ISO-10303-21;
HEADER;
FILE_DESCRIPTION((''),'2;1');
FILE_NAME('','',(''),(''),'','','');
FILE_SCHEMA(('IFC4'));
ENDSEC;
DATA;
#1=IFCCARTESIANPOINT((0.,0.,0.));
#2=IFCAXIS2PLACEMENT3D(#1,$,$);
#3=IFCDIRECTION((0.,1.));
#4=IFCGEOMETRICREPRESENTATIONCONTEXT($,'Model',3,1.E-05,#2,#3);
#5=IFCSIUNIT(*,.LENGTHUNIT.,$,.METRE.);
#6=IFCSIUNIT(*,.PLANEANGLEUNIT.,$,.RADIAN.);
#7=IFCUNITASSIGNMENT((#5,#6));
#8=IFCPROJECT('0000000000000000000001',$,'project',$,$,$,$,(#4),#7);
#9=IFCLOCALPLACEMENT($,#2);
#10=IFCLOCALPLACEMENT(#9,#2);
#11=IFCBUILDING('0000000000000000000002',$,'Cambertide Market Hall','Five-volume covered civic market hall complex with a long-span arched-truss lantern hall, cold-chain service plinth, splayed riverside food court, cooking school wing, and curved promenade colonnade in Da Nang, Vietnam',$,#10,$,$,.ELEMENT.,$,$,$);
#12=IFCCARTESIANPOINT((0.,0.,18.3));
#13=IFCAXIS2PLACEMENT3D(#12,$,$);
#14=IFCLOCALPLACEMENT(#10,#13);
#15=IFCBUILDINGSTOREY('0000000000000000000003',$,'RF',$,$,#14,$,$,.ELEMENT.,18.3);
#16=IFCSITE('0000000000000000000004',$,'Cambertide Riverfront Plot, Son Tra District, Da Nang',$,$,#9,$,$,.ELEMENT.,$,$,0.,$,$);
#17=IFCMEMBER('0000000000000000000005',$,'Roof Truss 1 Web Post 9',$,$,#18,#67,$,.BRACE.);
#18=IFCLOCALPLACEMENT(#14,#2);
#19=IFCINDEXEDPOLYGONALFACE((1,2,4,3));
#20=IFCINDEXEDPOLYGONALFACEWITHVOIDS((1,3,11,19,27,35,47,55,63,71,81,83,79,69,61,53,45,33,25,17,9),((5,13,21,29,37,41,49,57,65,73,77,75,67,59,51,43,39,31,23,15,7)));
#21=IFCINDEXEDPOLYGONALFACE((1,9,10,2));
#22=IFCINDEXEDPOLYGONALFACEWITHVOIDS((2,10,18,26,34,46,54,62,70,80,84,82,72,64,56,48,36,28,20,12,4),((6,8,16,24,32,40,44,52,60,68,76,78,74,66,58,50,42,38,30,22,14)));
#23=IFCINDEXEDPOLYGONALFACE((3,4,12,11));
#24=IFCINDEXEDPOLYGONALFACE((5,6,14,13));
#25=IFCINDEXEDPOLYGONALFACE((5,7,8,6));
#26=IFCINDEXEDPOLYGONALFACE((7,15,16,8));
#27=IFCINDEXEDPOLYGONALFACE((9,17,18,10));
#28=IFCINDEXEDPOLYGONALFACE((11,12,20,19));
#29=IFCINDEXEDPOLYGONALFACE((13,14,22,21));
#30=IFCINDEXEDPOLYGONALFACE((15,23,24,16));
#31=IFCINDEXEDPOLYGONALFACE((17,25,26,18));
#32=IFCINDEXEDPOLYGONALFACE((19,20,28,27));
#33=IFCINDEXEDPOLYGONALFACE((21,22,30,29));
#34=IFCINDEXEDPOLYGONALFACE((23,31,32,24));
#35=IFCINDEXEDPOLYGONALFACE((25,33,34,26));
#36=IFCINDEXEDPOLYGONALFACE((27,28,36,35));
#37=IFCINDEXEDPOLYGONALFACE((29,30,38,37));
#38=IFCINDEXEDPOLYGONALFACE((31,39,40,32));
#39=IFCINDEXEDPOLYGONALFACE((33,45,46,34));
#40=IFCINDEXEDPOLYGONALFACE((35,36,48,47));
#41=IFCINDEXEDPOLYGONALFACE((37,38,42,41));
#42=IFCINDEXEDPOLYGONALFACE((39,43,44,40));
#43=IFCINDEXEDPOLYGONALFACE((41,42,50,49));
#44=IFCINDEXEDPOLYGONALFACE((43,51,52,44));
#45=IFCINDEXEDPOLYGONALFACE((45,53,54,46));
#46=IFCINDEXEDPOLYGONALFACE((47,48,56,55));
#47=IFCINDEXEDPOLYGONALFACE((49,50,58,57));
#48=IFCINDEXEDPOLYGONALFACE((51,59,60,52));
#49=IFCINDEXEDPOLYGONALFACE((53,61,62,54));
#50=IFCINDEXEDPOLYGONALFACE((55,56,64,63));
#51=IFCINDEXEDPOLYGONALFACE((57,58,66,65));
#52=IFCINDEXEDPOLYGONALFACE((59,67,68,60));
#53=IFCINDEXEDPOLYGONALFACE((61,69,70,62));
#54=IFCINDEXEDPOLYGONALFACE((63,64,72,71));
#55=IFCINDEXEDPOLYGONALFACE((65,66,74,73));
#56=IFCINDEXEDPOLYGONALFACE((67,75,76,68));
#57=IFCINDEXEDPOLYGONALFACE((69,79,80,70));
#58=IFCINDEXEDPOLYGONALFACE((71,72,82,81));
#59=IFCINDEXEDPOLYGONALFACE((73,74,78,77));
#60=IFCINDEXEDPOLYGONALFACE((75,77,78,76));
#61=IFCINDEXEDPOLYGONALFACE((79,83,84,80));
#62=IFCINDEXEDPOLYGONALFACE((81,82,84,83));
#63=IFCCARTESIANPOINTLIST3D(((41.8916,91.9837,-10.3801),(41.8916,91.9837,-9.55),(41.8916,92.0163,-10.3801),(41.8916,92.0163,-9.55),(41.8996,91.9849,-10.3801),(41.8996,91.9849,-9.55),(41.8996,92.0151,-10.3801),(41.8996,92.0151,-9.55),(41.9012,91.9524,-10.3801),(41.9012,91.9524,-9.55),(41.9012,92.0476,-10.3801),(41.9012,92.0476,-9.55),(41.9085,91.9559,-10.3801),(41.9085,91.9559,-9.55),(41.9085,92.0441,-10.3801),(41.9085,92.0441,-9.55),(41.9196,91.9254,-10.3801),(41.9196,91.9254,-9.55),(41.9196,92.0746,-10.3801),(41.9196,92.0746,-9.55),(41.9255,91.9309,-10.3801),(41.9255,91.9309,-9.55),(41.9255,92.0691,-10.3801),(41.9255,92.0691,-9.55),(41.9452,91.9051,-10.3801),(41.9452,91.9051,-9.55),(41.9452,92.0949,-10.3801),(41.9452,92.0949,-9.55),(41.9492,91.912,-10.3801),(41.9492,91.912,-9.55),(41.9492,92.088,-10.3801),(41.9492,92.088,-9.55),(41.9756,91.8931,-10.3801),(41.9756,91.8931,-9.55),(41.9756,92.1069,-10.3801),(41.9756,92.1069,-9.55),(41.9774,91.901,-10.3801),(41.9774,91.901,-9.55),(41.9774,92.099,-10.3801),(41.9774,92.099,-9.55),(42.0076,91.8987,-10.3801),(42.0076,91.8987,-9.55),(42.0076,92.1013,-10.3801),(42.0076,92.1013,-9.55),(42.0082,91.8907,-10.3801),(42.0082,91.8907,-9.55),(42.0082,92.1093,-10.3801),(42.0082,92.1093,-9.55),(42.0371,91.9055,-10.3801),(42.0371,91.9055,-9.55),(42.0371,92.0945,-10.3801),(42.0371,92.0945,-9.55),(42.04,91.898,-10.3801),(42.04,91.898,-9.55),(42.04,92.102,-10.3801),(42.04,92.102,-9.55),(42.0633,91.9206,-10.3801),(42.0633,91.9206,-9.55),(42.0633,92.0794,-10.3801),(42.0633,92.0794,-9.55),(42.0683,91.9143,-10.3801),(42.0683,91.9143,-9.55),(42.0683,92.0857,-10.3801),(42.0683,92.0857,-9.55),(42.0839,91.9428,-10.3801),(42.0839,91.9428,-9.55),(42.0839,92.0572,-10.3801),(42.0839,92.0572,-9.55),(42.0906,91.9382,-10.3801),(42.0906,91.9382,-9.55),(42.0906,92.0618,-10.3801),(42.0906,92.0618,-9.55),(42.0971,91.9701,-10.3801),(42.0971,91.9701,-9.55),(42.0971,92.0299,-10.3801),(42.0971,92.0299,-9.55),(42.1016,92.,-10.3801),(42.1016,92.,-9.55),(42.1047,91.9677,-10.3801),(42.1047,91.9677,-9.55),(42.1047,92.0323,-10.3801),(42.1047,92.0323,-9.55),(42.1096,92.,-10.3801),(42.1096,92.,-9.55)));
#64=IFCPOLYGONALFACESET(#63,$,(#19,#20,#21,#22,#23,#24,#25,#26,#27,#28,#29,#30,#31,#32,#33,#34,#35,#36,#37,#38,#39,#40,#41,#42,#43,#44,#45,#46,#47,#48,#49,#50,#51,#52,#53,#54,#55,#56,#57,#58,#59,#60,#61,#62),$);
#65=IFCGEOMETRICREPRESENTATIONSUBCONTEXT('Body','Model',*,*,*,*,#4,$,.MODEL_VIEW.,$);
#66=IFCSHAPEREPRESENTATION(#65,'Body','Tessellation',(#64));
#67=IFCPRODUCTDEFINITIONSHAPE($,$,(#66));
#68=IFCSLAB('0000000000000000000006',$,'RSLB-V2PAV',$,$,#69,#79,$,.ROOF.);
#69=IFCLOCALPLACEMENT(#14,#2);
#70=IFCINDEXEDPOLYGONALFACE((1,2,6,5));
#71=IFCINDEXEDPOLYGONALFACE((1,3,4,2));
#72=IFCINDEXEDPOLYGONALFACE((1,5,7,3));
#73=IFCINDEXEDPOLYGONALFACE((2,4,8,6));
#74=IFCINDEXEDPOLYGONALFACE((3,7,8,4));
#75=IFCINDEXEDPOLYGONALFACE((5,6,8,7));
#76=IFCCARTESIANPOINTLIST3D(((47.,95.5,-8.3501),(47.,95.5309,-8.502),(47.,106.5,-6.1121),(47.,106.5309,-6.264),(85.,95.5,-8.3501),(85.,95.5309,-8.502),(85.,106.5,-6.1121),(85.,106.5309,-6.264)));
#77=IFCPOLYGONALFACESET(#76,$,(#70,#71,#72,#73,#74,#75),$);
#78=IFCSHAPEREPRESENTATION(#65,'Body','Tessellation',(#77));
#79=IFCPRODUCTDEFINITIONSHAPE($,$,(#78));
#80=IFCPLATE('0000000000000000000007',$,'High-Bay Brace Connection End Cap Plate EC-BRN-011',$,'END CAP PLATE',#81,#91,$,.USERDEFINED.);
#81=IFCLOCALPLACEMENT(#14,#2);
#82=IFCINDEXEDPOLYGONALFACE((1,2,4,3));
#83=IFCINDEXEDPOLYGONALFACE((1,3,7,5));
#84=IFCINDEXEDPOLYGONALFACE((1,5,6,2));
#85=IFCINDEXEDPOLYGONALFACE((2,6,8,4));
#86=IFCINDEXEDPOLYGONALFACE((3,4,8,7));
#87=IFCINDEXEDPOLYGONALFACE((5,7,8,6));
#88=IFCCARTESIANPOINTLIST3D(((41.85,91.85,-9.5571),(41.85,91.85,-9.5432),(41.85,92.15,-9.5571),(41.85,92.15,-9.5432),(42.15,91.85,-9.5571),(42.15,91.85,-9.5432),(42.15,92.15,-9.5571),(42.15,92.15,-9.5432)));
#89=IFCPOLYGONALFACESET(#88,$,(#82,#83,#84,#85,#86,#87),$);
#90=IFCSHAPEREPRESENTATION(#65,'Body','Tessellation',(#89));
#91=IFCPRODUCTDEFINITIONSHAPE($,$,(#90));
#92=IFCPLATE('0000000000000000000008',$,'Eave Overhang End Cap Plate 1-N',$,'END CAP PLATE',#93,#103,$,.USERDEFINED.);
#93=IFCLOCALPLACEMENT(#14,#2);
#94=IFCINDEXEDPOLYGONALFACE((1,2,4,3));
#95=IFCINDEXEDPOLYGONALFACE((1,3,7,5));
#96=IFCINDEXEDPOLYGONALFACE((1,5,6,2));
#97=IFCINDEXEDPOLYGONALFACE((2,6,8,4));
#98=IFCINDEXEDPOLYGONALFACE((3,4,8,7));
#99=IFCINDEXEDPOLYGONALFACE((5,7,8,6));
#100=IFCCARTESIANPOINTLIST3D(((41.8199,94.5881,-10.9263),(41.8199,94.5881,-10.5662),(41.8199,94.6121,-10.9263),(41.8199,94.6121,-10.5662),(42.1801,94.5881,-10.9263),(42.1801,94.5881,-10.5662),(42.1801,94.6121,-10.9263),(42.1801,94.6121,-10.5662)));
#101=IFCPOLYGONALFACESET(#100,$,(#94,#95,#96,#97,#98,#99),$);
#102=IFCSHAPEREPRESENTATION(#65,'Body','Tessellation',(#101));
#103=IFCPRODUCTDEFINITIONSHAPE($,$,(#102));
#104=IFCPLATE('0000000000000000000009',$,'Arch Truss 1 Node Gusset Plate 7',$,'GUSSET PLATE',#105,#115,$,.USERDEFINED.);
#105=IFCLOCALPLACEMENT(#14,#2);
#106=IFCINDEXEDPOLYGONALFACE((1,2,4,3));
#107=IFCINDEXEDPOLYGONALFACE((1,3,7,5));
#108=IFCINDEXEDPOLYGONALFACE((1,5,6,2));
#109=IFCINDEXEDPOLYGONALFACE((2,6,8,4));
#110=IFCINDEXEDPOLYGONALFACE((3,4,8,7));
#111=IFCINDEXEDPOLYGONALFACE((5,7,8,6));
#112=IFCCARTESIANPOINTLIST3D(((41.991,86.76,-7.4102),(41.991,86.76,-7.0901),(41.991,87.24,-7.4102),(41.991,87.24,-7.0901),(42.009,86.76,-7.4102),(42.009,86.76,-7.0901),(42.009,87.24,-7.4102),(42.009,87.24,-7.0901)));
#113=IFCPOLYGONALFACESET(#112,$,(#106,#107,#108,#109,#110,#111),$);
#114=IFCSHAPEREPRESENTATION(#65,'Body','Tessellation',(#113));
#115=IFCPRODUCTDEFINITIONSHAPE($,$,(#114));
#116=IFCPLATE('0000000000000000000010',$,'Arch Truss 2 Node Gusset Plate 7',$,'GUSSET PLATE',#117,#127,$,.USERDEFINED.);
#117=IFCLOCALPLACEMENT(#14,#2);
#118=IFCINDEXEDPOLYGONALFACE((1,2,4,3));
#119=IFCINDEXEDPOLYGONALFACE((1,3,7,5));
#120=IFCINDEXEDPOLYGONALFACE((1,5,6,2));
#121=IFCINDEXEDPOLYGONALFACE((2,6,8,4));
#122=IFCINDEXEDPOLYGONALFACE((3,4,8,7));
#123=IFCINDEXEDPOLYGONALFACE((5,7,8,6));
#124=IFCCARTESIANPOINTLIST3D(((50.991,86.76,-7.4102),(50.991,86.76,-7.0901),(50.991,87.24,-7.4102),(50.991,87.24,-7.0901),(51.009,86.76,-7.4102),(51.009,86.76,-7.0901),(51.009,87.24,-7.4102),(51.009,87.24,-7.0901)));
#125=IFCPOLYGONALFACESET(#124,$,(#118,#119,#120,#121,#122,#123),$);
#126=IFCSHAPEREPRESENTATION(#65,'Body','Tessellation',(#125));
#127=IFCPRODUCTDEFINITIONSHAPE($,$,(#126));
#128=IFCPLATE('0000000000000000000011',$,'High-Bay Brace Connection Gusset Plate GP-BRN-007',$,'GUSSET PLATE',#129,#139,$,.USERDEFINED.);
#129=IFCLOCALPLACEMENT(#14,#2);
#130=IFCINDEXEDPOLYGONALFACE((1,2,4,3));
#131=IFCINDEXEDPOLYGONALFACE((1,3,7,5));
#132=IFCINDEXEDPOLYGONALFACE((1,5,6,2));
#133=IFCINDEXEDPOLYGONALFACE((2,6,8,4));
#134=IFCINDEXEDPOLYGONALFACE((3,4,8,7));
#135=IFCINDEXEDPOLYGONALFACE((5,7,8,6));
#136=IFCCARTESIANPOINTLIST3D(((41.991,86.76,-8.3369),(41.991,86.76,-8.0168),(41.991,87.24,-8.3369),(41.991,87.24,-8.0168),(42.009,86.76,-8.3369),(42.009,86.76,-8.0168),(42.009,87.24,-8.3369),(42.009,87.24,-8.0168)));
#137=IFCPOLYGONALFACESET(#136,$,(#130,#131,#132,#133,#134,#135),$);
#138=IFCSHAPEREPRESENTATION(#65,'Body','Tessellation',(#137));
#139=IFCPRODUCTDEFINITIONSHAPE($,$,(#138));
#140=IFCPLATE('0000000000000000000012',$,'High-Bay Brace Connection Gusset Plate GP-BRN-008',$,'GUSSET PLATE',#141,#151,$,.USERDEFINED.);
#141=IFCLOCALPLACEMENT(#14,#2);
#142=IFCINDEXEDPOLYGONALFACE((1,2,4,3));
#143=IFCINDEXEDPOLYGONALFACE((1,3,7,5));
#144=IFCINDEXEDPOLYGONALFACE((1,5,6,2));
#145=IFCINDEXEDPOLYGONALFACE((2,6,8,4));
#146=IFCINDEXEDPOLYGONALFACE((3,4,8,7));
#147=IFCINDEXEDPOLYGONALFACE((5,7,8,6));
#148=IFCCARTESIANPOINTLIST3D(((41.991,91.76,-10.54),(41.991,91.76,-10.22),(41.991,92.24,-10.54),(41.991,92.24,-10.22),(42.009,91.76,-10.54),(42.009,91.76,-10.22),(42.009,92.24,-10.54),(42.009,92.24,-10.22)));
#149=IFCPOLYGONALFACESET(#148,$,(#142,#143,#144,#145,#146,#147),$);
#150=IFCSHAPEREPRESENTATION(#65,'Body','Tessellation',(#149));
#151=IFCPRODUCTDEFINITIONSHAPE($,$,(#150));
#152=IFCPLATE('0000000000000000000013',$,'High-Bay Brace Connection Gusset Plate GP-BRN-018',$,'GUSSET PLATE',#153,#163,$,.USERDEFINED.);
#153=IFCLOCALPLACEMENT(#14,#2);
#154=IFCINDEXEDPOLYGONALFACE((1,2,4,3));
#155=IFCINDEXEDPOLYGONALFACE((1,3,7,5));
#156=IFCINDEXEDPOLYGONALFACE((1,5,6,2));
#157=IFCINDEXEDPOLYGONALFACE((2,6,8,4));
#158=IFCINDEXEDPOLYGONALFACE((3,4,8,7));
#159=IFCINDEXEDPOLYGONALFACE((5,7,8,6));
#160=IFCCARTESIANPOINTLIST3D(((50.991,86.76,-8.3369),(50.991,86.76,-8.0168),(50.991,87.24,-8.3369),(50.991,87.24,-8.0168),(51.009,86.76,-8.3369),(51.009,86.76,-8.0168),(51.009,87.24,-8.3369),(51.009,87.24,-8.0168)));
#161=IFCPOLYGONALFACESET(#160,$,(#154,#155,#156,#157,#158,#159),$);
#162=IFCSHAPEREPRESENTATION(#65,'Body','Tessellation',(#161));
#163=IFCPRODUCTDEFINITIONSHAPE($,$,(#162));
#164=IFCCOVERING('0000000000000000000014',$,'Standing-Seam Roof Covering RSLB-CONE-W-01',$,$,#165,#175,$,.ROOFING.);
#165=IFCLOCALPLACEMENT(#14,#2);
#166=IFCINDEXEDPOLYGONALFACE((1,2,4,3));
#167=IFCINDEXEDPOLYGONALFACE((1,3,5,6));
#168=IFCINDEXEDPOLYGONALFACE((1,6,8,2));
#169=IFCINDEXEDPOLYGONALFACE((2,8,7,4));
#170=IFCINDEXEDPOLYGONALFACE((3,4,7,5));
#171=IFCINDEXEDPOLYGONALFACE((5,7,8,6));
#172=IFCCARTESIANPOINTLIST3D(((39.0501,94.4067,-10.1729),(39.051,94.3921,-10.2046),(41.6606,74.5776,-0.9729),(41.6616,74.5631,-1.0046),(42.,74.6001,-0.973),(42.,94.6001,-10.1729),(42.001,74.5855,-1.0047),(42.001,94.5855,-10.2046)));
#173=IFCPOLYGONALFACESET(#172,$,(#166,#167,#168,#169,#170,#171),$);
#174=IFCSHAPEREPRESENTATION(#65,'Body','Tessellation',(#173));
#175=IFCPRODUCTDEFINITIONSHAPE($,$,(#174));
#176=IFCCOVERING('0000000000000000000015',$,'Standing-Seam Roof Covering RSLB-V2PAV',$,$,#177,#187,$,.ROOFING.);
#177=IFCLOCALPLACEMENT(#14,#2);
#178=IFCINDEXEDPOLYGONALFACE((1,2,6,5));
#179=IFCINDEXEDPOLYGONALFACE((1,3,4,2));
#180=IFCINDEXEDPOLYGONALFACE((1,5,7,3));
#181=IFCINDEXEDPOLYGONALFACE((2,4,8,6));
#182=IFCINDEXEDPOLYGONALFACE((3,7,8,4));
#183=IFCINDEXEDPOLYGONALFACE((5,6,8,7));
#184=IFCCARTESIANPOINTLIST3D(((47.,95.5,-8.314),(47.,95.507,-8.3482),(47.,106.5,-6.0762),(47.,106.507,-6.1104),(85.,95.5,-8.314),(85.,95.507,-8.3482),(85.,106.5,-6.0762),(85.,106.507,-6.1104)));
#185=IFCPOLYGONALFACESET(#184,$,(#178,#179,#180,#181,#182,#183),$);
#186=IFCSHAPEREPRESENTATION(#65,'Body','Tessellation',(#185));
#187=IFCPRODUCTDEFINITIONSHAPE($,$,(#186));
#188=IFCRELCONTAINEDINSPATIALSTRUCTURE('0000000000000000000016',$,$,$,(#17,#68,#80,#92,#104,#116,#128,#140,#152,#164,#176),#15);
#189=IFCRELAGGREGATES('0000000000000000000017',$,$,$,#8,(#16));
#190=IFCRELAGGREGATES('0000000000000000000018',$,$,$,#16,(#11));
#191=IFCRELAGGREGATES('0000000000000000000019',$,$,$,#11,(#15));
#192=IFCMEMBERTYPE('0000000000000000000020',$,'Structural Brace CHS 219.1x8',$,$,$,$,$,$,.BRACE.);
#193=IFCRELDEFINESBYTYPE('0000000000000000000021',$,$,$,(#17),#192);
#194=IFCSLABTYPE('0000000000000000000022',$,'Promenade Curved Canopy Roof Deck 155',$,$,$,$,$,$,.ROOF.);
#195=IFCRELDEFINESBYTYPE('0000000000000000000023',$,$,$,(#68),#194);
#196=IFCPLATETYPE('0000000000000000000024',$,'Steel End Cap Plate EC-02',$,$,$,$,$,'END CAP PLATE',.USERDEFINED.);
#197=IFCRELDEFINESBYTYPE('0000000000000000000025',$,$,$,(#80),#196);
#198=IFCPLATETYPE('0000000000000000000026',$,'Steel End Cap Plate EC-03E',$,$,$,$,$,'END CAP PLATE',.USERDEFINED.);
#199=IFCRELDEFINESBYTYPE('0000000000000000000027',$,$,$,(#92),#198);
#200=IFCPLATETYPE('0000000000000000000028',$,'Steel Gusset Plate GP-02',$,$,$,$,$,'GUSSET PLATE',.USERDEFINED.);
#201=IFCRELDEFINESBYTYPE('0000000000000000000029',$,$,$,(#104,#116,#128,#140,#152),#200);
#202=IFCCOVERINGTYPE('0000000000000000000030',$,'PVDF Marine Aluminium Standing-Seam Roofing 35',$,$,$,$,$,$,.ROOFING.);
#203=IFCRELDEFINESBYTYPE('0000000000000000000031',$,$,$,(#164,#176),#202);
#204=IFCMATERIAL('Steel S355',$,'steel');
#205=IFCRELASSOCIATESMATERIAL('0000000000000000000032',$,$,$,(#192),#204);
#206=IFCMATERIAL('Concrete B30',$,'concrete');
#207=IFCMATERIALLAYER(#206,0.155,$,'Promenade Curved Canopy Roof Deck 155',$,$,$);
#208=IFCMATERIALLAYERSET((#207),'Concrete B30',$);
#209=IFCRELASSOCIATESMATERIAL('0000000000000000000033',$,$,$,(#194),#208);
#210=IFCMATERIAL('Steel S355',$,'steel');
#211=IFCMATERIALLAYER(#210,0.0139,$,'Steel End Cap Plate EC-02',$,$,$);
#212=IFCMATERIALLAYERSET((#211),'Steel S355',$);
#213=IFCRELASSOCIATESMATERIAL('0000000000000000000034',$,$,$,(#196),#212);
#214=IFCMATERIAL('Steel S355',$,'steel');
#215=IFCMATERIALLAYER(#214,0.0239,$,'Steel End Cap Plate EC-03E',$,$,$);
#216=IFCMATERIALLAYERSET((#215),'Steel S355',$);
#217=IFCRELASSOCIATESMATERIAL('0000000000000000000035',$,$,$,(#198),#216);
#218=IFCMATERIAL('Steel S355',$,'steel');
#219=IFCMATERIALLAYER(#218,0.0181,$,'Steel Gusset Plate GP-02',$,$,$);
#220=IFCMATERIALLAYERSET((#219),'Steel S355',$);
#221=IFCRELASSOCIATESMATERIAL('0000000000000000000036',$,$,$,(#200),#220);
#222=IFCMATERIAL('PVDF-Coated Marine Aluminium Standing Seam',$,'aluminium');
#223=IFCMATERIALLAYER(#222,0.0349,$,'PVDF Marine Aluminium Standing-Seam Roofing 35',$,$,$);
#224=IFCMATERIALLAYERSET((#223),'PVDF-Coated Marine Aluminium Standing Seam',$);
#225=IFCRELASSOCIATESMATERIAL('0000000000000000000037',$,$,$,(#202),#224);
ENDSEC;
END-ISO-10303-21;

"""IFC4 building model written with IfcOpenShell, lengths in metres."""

from ifc_helpers import new_model, si_unit, direction, frame, origin, origin_2d, place, context, subcontext, project, spatial, polyline, rectangle, hollow_circle, outline, extrude, material, layer, layer_set, material_profile, profile_set, type_object, element, save


model = new_model("IFC4")

# Units and contexts
model_context = context("Model", 3, precision=1e-05, world=origin(), true_north=direction((0.0, 1.0)))
body_context = subcontext(model_context, "Body", "Model", "MODEL_VIEW")
ifc_project = project(units=[si_unit("LENGTHUNIT", "METRE"), si_unit("PLANEANGLEUNIT", "RADIAN")], contexts=[model_context])

# Site, building, storey
site_placement = place(None, origin())
site = spatial("IfcSite", under=ifc_project, at=site_placement, Name="Cambertide Riverfront Plot, Son Tra District, Da Nang", CompositionType="ELEMENT", RefElevation=0.0)
building_placement = place(site_placement, origin())
building = spatial("IfcBuilding", under=site, at=building_placement, Name="Cambertide Market Hall", Description="Five-volume covered civic market hall complex with a long-span arched-truss lantern hall, cold-chain service plinth, splayed riverside food court, cooking school wing, and curved promenade colonnade in Da Nang, Vietnam", CompositionType="ELEMENT")
storey_placement = place(building_placement, frame((0.0, 0.0, 18.3)))
storey = spatial("IfcBuildingStorey", under=building, at=storey_placement, Name="RF", CompositionType="ELEMENT", Elevation=18.3)

# Member
ifc_material_1 = material(Name="Steel S355", Category="steel")
ifc_material_profile_1 = material_profile(ifc_material_1, hollow_circle(Radius=0.1096, WallThickness=0.0081, at=origin_2d()), Name="CHS 219.1x8")
ifc_profile_set_1 = profile_set([ifc_material_profile_1], Name="Steel S355")
member_type_1 = type_object("IfcMemberType", Name="Structural Brace CHS 219.1x8", PredefinedType="BRACE", material=ifc_profile_set_1)
member_1_placement = place(storey_placement, frame((42.0, 92.0, -10.3801), z_axis=(0.0, 0.0, 1.0), x_axis=(1.0, 0.0, 0.0)))
element("IfcMember", 1, at=member_1_placement, inside=storey, type_object=member_type_1, Name="Roof Truss 1 Web Post 9", PredefinedType="BRACE", context=body_context, shape_type="SweptSolid", body=[
    extrude(hollow_circle(Radius=0.1096, WallThickness=0.0081, at=origin_2d()), origin(), (0.0, 0.0, 1.0), 0.8301),
])

# Slab
ifc_material_2 = material(Name="Concrete B30", Category="concrete")
ifc_layer_1 = layer(ifc_material_2, 0.155, Name="Promenade Curved Canopy Roof Deck 155")
ifc_layer_set_1 = layer_set([ifc_layer_1], Name="Concrete B30")
slab_type_1 = type_object("IfcSlabType", Name="Promenade Curved Canopy Roof Deck 155", PredefinedType="ROOF", material=ifc_layer_set_1)
slab_1_placement = place(storey_placement, frame((47.0, 95.5, -8.3501), z_axis=(0.0, -0.199373, 0.979924), x_axis=(1.0, 0.0, 0.0)))
element("IfcSlab", 2, at=slab_1_placement, inside=storey, type_object=slab_type_1, Name="RSLB-V2PAV", PredefinedType="ROOF", context=body_context, shape_type="SweptSolid", body=[
    extrude(outline(polyline([(0.0, 0.0), (38.0, 0.0), (38.0, 11.2254), (0.0, 11.2254), (0.0, 0.0)])), origin(), (0.0, 0.0, -1.0), 0.155),
])

# Plates
ifc_material_3 = material(Name="Steel S355", Category="steel")
ifc_layer_2 = layer(ifc_material_3, 0.0139, Name="Steel End Cap Plate EC-02")
ifc_layer_set_2 = layer_set([ifc_layer_2], Name="Steel S355")
plate_type_1 = type_object("IfcPlateType", Name="Steel End Cap Plate EC-02", ElementType="END CAP PLATE", PredefinedType="USERDEFINED", material=ifc_layer_set_2)
plate_1_placement = place(storey_placement, frame((42.0, 92.0, -9.5571), z_axis=(0.0, 0.0, 1.0), x_axis=(1.0, 0.0, 0.0)))
element("IfcPlate", 3, at=plate_1_placement, inside=storey, type_object=plate_type_1, Name="High-Bay Brace Connection End Cap Plate EC-BRN-011", ObjectType="END CAP PLATE", PredefinedType="USERDEFINED", context=body_context, shape_type="SweptSolid", body=[
    extrude(rectangle(XDim=0.3, YDim=0.3, at=origin_2d()), origin(), (0.0, 0.0, 1.0), 0.0139),
])
ifc_material_4 = material(Name="Steel S355", Category="steel")
ifc_layer_3 = layer(ifc_material_4, 0.0239, Name="Steel End Cap Plate EC-03E")
ifc_layer_set_3 = layer_set([ifc_layer_3], Name="Steel S355")
plate_type_2 = type_object("IfcPlateType", Name="Steel End Cap Plate EC-03E", ElementType="END CAP PLATE", PredefinedType="USERDEFINED", material=ifc_layer_set_3)
plate_2_placement = place(storey_placement, frame((42.0, 94.6001, -10.9263), z_axis=(0.0, 0.0, 1.0), x_axis=(1.0, 0.0, 0.0)))
element("IfcPlate", 4, at=plate_2_placement, inside=storey, type_object=plate_type_2, Name="Eave Overhang End Cap Plate 1-N", ObjectType="END CAP PLATE", PredefinedType="USERDEFINED", context=body_context, shape_type="SweptSolid", body=[
    extrude(rectangle(XDim=0.3601, YDim=0.0239, at=origin_2d()), origin(), (0.0, 0.0, 1.0), 0.3601),
])
ifc_material_5 = material(Name="Steel S355", Category="steel")
ifc_layer_4 = layer(ifc_material_5, 0.0181, Name="Steel Gusset Plate GP-02")
ifc_layer_set_4 = layer_set([ifc_layer_4], Name="Steel S355")
plate_type_3 = type_object("IfcPlateType", Name="Steel Gusset Plate GP-02", ElementType="GUSSET PLATE", PredefinedType="USERDEFINED", material=ifc_layer_set_4)
for number, where, z_axis, x_axis, name in (
    (5, (42.0, 87.0, -7.4102), (0.0, 0.0, 1.0), (1.0, 0.0, 0.0), "Arch Truss 1 Node Gusset Plate 7"),
    (6, (51.0, 87.0, -7.4102), (0.0, 0.0, 1.0), (1.0, 0.0, 0.0), "Arch Truss 2 Node Gusset Plate 7"),
):
    element("IfcPlate", number, at=place(storey_placement, frame(where, z_axis=z_axis, x_axis=x_axis)), inside=storey, type_object=plate_type_3, Name=name, ObjectType="GUSSET PLATE", PredefinedType="USERDEFINED", context=body_context, shape_type="SweptSolid", body=[
        extrude(rectangle(XDim=0.0181, YDim=0.48, at=origin_2d()), origin(), (0.0, 0.0, 1.0), 0.3201),
    ])
for number, where, z_axis, x_axis, name in (
    (7, (42.0, 87.0, -8.3369), (0.0, 0.0, 1.0), (0.0, 1.0, 0.0), "High-Bay Brace Connection Gusset Plate GP-BRN-007"),
    (8, (42.0, 92.0, -10.54), (0.0, 0.0, 1.0), (0.0, 1.0, 0.0), "High-Bay Brace Connection Gusset Plate GP-BRN-008"),
    (9, (51.0, 87.0, -8.3369), (0.0, 0.0, 1.0), (0.0, 1.0, 0.0), "High-Bay Brace Connection Gusset Plate GP-BRN-018"),
):
    element("IfcPlate", number, at=place(storey_placement, frame(where, z_axis=z_axis, x_axis=x_axis)), inside=storey, type_object=plate_type_3, Name=name, ObjectType="GUSSET PLATE", PredefinedType="USERDEFINED", context=body_context, shape_type="SweptSolid", body=[
        extrude(rectangle(XDim=0.48, YDim=0.0181, at=origin_2d()), origin(), (0.0, 0.0, 1.0), 0.3201),
    ])

# Coverings
ifc_material_6 = material(Name="PVDF-Coated Marine Aluminium Standing Seam", Category="aluminium")
ifc_layer_5 = layer(ifc_material_6, 0.0349, Name="PVDF Marine Aluminium Standing-Seam Roofing 35")
ifc_layer_set_5 = layer_set([ifc_layer_5], Name="PVDF-Coated Marine Aluminium Standing Seam")
covering_type = type_object("IfcCoveringType", Name="PVDF Marine Aluminium Standing-Seam Roofing 35", PredefinedType="ROOFING", material=ifc_layer_set_5)
covering_1_placement = place(storey_placement, frame((42.0, 94.6001, -10.1729), z_axis=(-0.027409, 0.417743, 0.908152), x_axis=(-0.997858, -0.065418, -0.000025)))
element("IfcCovering", 10, at=covering_1_placement, inside=storey, type_object=covering_type, Name="Standing-Seam Roof Covering RSLB-CONE-W-01", PredefinedType="ROOFING", context=body_context, shape_type="SweptSolid", body=[
    extrude(outline(polyline([(0.0, 0.0), (2.9563, 0.0), (1.6482, 21.9758), (1.3081, 21.9756), (0.0, 0.0)])), origin(), (0.0, 0.0, -1.0), 0.0349),
])
covering_2_placement = place(storey_placement, frame((47.0, 95.5, -8.314), z_axis=(0.0, -0.199352, 0.979928), x_axis=(1.0, 0.0, 0.0)))
element("IfcCovering", 11, at=covering_2_placement, inside=storey, type_object=covering_type, Name="Standing-Seam Roof Covering RSLB-V2PAV", PredefinedType="ROOFING", context=body_context, shape_type="SweptSolid", body=[
    extrude(outline(polyline([(0.0, 0.0), (38.0, 0.0), (38.0, 11.2253), (0.0, 11.2253), (0.0, 0.0)])), origin(), (0.0, 0.0, -1.0), 0.0349),
])

save(model, "model.ifc")
